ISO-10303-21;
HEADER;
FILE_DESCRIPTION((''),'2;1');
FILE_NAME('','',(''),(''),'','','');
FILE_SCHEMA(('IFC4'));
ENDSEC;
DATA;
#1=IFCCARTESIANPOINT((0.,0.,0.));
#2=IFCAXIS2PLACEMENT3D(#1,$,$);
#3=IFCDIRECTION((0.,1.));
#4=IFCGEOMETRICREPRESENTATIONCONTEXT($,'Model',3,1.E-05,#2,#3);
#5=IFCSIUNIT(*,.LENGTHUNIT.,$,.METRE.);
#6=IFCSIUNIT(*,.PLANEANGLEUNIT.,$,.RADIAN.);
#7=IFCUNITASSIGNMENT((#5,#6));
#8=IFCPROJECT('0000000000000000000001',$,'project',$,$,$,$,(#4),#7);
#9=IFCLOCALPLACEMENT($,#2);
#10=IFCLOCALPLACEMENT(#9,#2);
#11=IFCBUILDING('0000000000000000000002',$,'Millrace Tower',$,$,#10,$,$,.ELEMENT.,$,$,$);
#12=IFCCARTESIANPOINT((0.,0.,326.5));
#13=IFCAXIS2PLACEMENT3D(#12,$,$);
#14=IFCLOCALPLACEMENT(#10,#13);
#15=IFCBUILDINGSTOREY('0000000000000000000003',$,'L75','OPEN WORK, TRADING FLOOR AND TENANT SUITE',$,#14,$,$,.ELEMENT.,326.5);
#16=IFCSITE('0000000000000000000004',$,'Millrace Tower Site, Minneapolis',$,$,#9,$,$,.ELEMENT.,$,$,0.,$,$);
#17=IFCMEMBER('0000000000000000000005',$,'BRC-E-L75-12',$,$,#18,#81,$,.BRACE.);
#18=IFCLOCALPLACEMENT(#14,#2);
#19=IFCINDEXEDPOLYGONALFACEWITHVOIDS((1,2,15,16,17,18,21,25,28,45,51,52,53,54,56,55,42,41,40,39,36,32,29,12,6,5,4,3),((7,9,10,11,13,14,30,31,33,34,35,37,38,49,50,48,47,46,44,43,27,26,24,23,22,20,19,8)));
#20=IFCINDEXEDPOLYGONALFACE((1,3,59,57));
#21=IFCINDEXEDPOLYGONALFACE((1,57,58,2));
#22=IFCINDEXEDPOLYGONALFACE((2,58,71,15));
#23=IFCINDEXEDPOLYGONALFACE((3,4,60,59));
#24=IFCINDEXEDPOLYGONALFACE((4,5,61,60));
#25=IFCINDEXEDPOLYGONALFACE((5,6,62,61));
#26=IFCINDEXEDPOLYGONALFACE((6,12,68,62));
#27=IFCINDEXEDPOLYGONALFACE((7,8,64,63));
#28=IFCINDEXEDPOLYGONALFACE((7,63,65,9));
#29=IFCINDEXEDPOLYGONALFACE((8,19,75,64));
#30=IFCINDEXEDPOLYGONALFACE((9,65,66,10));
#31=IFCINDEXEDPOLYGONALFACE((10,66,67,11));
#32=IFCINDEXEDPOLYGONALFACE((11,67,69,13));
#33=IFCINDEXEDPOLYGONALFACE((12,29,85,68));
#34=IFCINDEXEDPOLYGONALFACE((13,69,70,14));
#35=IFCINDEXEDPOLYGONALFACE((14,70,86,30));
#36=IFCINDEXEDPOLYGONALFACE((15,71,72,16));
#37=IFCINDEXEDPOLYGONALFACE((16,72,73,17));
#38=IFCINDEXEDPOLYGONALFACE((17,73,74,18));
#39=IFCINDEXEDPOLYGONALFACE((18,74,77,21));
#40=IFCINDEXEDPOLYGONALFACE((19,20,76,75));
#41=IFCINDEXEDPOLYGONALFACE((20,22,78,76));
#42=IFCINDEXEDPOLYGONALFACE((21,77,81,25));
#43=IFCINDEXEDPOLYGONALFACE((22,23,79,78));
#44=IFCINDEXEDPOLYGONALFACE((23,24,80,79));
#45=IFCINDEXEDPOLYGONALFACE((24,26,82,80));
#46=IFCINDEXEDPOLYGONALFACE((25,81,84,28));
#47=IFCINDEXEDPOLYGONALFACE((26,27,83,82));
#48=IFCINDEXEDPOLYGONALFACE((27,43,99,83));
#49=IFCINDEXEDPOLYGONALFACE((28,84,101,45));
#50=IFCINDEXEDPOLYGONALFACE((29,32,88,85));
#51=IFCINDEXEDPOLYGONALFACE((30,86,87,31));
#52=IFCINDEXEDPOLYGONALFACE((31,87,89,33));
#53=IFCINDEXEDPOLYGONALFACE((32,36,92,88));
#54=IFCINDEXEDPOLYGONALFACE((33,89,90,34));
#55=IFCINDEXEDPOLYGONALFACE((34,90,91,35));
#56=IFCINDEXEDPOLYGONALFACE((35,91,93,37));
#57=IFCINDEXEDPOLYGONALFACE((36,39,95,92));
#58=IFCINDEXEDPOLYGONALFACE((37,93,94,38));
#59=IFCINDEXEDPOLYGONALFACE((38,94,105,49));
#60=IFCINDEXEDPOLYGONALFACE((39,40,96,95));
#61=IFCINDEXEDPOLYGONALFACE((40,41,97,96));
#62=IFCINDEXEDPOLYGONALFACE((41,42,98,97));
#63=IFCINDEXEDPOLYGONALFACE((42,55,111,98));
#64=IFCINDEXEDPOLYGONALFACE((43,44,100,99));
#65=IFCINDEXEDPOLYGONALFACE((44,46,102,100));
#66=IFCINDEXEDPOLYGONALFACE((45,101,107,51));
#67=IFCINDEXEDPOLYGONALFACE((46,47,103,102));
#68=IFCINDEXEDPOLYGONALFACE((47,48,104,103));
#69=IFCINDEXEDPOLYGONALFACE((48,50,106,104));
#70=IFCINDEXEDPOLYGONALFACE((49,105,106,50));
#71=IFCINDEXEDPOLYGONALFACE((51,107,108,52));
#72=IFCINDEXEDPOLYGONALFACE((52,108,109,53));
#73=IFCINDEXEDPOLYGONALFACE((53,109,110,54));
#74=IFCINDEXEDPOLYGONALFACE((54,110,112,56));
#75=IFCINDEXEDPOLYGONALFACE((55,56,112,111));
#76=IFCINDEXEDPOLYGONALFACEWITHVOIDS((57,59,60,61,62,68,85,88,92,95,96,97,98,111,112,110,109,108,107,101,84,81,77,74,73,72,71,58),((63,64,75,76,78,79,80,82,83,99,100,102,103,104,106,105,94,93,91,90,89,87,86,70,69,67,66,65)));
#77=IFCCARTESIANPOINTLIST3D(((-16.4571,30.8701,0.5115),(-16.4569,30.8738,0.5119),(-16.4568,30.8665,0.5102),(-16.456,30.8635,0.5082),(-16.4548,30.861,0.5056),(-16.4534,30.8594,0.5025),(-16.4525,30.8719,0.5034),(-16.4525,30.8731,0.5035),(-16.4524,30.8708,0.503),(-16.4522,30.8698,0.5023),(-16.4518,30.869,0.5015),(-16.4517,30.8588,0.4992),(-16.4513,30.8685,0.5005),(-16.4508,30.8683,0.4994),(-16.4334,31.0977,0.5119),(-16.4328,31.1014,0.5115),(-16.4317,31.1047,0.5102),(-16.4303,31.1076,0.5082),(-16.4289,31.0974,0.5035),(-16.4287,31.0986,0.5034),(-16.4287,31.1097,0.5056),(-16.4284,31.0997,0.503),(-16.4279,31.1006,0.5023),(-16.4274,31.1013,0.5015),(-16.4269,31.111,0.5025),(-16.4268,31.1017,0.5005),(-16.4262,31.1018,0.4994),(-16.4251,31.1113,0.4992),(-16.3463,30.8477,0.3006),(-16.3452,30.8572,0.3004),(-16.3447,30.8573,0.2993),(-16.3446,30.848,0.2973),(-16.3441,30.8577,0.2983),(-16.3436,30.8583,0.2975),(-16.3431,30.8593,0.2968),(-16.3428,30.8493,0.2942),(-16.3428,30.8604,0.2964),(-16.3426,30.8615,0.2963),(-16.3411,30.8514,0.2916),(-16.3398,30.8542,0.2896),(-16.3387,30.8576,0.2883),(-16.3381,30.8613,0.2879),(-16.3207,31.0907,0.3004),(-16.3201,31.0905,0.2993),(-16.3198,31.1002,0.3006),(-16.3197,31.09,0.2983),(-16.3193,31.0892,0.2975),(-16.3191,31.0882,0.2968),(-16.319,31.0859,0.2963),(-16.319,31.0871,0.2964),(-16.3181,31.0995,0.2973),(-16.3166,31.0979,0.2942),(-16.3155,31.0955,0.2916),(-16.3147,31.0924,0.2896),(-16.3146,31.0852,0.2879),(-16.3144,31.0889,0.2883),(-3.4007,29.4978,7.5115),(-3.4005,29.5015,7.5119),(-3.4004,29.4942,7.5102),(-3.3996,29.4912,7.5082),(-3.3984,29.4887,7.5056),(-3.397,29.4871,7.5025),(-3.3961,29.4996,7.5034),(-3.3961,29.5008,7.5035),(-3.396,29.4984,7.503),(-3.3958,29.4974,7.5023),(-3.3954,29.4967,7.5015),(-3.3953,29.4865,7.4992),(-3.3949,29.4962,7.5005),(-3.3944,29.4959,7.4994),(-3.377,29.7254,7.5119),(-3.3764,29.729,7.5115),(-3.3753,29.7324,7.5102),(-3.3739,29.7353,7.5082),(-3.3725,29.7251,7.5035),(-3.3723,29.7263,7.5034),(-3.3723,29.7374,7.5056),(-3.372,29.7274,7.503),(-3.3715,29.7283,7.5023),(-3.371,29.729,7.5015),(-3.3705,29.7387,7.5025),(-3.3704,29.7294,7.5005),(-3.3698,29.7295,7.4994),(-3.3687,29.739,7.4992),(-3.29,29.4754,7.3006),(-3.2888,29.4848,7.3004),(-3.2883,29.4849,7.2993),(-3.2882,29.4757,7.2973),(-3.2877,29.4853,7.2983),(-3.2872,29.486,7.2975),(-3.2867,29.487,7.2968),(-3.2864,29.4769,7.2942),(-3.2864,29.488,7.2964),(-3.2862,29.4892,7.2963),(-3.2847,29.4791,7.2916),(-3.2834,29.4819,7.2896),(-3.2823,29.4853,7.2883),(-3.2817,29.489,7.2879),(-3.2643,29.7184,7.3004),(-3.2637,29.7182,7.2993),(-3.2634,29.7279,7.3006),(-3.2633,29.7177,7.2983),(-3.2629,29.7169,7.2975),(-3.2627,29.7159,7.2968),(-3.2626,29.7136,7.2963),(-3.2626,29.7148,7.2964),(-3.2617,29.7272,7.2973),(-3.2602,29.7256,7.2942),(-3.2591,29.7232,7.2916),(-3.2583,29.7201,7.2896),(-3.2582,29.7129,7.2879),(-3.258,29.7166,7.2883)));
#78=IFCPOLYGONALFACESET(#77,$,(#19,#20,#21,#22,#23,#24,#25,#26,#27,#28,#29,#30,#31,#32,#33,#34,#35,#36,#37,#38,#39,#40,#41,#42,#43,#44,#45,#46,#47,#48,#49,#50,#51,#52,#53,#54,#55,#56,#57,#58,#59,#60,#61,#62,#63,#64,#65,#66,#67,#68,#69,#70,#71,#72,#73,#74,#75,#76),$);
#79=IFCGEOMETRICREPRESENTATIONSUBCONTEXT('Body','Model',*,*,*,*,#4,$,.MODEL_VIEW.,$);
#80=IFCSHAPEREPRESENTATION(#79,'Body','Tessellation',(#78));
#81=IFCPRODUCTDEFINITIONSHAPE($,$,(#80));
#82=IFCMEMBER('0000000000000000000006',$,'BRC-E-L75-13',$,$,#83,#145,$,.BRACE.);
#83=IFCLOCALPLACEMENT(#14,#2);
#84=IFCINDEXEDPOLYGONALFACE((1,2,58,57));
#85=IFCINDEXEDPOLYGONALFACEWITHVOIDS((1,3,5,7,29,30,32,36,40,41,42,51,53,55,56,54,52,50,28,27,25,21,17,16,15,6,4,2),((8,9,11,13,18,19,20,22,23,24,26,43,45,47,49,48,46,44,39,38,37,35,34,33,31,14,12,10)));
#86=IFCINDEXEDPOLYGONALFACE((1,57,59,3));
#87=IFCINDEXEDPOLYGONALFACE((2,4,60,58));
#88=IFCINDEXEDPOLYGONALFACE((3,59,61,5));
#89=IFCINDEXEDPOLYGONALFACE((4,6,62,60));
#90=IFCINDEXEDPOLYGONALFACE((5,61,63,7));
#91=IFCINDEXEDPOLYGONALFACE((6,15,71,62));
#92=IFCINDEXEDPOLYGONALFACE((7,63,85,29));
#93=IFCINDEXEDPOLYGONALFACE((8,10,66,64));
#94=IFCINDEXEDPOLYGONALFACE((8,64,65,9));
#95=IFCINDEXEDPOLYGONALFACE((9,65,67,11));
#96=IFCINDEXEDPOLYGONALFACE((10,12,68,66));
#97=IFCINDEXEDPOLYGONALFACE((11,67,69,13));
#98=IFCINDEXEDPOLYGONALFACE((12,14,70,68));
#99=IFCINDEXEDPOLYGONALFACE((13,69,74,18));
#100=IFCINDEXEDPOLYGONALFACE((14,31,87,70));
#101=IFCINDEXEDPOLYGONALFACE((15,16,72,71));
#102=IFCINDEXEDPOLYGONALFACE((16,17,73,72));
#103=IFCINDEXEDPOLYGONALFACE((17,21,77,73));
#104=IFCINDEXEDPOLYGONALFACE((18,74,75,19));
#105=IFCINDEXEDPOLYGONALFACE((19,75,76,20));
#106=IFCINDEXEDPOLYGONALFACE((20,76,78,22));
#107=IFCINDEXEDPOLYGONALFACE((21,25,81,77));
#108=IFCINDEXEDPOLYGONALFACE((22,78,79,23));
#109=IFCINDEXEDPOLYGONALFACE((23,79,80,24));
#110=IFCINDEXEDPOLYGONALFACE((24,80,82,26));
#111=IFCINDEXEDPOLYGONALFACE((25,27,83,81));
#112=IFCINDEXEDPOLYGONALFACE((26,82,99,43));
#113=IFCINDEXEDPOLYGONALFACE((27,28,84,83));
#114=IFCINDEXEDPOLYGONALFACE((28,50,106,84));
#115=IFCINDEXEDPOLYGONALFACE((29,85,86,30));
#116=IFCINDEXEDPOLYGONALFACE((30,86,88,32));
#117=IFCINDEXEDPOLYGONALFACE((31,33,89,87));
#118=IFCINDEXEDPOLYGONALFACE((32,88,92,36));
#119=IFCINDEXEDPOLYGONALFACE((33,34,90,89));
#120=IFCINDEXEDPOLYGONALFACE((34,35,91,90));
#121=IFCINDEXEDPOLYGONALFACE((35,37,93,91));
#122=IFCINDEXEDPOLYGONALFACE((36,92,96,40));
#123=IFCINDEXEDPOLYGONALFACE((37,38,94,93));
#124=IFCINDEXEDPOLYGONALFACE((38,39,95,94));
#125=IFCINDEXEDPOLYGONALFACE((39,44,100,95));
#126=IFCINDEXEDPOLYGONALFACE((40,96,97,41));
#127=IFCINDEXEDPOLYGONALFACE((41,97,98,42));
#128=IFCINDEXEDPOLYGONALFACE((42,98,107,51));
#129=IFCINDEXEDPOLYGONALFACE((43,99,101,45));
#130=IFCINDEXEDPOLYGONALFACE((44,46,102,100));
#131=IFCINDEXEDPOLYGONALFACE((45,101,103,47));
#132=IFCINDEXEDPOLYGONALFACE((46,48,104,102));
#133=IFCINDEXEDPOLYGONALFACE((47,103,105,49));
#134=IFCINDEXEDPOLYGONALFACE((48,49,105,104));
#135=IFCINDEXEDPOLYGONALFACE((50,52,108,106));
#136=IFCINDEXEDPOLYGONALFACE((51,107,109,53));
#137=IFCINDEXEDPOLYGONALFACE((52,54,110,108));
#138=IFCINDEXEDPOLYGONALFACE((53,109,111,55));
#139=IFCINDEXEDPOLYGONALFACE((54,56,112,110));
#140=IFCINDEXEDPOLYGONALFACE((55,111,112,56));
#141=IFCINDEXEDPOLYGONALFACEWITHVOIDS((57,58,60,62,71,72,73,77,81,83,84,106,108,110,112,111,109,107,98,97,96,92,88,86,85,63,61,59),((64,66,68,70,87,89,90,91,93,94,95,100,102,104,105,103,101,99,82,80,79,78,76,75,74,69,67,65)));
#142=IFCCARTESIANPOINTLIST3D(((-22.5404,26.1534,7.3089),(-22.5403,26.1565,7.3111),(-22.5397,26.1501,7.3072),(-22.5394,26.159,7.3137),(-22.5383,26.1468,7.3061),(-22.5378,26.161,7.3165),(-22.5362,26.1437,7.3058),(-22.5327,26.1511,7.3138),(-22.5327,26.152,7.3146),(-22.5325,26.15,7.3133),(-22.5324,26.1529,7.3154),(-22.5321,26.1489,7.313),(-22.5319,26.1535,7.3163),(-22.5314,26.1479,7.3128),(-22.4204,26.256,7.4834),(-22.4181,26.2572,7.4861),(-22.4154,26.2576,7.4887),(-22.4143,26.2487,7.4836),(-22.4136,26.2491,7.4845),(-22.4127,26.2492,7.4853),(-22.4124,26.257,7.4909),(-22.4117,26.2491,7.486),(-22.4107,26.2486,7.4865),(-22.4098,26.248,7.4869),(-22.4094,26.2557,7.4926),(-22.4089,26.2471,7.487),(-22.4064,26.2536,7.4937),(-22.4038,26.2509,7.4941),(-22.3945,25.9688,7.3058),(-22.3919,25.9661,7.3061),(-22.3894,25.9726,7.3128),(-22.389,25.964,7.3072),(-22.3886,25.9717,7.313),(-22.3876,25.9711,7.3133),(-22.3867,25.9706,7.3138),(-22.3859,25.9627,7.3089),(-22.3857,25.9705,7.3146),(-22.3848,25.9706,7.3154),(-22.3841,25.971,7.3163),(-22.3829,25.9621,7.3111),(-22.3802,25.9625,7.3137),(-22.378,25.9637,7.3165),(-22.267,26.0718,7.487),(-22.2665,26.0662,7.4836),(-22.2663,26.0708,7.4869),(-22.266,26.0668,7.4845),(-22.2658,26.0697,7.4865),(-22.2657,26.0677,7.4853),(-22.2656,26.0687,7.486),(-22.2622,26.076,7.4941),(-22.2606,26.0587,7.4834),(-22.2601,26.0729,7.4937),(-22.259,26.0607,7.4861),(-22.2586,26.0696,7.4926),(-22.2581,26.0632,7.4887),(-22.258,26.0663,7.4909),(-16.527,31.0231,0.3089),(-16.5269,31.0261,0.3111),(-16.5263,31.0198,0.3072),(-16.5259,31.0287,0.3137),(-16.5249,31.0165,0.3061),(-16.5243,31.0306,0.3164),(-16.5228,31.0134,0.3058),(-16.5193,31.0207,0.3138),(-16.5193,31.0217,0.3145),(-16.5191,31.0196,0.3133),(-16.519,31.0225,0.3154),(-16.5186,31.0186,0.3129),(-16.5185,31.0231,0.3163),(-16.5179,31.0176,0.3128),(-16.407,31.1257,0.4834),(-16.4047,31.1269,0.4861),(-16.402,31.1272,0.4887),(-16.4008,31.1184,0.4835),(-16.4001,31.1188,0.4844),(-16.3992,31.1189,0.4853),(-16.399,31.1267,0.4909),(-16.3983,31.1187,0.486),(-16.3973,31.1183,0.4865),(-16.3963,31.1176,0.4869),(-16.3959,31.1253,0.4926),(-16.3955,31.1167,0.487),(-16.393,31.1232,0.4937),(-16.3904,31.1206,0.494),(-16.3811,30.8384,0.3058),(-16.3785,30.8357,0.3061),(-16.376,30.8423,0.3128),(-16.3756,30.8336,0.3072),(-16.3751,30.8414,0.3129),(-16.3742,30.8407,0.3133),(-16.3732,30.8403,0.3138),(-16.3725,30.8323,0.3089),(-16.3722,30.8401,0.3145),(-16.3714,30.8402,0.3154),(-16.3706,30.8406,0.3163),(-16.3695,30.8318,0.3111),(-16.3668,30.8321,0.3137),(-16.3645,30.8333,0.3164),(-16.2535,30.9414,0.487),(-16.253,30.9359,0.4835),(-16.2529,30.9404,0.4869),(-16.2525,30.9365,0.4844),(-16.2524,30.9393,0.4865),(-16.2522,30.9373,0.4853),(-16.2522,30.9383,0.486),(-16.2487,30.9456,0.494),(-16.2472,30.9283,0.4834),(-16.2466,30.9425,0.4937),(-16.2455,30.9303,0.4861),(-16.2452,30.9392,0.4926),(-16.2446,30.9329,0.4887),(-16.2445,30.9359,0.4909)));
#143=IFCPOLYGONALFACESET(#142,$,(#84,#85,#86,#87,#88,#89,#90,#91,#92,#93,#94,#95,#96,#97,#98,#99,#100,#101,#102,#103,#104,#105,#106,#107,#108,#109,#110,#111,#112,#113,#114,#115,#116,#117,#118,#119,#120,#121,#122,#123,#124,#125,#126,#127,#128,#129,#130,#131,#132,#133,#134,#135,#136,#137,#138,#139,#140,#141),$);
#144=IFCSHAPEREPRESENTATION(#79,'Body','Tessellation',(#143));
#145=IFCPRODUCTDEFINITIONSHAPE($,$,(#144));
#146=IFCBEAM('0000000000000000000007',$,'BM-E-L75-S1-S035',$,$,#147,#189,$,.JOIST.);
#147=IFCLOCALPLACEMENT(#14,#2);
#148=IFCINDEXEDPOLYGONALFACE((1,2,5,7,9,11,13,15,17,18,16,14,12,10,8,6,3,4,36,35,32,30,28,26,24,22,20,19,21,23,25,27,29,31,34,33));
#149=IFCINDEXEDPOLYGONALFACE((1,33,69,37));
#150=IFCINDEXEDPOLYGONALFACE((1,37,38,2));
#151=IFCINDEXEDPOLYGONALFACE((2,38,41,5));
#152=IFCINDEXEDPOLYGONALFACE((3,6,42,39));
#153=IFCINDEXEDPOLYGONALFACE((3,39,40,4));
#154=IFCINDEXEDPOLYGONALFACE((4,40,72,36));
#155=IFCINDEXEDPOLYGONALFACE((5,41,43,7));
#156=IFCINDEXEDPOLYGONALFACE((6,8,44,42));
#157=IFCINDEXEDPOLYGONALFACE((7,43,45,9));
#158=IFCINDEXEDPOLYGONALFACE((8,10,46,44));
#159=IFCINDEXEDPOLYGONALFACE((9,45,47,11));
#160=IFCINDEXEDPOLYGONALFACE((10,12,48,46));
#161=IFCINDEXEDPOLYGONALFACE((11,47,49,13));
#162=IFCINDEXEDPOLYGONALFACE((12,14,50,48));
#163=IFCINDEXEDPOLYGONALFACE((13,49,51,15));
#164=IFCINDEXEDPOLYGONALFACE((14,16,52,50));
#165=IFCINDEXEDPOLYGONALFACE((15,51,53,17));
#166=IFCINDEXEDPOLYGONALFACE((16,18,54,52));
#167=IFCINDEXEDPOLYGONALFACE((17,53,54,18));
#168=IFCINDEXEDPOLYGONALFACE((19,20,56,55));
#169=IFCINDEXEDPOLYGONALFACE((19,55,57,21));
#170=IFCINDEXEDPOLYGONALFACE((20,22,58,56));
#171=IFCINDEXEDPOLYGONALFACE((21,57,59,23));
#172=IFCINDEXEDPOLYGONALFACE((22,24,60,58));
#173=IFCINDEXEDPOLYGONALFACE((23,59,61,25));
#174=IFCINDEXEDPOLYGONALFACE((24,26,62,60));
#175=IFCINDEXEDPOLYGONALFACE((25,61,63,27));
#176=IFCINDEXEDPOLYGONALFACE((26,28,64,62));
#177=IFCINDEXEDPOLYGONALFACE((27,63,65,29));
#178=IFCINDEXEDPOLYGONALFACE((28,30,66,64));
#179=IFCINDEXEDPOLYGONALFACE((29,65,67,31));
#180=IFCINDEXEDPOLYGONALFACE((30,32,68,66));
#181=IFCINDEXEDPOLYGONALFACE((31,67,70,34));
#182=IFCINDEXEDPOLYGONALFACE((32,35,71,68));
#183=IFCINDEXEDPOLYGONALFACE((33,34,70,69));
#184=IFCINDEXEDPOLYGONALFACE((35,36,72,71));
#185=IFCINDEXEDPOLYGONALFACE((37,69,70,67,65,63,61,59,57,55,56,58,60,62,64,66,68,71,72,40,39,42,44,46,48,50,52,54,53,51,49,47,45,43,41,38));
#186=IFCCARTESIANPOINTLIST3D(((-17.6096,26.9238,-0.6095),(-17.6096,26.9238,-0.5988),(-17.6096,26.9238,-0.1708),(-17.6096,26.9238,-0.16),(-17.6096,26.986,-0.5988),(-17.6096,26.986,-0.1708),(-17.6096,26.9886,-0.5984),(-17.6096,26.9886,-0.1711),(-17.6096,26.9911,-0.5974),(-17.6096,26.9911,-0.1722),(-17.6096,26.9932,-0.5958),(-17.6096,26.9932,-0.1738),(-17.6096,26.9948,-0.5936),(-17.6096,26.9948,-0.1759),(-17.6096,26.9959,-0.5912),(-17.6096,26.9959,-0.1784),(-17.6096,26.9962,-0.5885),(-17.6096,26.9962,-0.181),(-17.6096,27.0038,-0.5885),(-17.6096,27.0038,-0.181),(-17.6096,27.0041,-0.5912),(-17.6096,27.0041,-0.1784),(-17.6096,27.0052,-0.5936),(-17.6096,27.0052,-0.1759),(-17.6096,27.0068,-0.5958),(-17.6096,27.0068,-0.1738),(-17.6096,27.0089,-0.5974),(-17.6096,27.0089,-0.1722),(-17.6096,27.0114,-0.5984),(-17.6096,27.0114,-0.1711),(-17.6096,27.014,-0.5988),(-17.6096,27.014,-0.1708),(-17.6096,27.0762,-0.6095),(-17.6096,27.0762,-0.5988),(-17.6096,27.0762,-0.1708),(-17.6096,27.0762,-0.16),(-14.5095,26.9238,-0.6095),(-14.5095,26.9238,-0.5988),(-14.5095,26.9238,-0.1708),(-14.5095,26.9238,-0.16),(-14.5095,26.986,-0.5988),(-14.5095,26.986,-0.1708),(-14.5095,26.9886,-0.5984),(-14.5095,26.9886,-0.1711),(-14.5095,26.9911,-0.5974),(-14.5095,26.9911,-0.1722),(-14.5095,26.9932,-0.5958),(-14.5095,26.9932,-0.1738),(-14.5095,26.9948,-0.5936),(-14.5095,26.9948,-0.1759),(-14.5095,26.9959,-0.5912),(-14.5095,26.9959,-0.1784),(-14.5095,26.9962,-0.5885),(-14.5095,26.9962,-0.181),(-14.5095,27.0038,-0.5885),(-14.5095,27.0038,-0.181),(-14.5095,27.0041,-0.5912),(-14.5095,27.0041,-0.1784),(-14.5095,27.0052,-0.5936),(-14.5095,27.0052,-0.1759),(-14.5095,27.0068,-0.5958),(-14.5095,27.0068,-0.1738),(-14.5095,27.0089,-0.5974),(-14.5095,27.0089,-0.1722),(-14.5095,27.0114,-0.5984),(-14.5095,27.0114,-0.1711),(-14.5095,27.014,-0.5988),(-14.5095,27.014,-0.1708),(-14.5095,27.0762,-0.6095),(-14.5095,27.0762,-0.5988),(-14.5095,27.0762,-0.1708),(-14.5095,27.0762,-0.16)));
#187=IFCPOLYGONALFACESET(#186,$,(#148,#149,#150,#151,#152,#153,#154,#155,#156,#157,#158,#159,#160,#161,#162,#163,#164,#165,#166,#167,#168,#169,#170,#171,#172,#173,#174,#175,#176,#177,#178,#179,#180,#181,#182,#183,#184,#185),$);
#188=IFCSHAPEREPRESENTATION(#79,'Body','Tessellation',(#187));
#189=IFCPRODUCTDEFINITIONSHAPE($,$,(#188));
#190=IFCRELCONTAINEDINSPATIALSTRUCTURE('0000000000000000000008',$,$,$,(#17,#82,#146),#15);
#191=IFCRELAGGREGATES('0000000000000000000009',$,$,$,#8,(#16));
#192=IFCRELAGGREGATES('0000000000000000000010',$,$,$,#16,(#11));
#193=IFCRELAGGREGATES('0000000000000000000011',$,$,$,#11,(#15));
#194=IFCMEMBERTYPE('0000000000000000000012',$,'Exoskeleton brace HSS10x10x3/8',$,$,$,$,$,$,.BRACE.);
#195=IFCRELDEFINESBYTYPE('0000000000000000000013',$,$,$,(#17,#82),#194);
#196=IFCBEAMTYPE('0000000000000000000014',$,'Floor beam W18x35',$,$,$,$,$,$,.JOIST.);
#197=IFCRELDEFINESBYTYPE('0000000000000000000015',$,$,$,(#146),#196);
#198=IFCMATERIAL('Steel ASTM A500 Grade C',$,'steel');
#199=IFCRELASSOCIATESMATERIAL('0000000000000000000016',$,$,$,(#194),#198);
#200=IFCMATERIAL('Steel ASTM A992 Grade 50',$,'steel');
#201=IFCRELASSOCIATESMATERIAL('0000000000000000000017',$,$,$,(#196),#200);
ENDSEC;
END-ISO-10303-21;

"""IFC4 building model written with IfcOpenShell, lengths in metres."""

from ifc_helpers import new_model, si_unit, direction, frame, origin, origin_2d, place, context, subcontext, project, spatial, hollow_rectangle, i_section, extrude, material, material_profile, profile_set, type_object, element, save


model = new_model("IFC4")

# Units and contexts
model_context = context("Model", 3, precision=1e-05, world=origin(), true_north=direction((0.0, 1.0)))
body_context = subcontext(model_context, "Body", "Model", "MODEL_VIEW")
ifc_project = project(units=[si_unit("LENGTHUNIT", "METRE"), si_unit("PLANEANGLEUNIT", "RADIAN")], contexts=[model_context])

# Site, building, storey
site_placement = place(None, origin())
site = spatial("IfcSite", under=ifc_project, at=site_placement, Name="Millrace Tower Site, Minneapolis", CompositionType="ELEMENT", RefElevation=0.0)
building_placement = place(site_placement, origin())
building = spatial("IfcBuilding", under=site, at=building_placement, Name="Millrace Tower", CompositionType="ELEMENT")
storey_placement = place(building_placement, frame((0.0, 0.0, 326.5)))
storey = spatial("IfcBuildingStorey", under=building, at=storey_placement, Name="L75", Description="OPEN WORK, TRADING FLOOR AND TENANT SUITE", CompositionType="ELEMENT", Elevation=326.5)

# Members
ifc_material_1 = material(Name="Steel ASTM A500 Grade C", Category="steel")
ifc_material_profile_1 = material_profile(ifc_material_1, hollow_rectangle(XDim=0.2539, YDim=0.2539, WallThickness=0.0095, InnerFilletRadius=0.0046, OuterFilletRadius=0.0144, at=origin_2d()))
ifc_profile_set_1 = profile_set([ifc_material_profile_1], Name="Steel ASTM A500 Grade C")
member_type_1 = type_object("IfcMemberType", Name="Exoskeleton brace HSS10x10x3/8", PredefinedType="BRACE", material=ifc_profile_set_1)
member_1_placement = place(storey_placement, frame((-16.3857, 30.9795, 0.3999), z_axis=(0.877568, -0.092238, 0.470496), x_axis=(0.104531, 0.994522, 0.0)))
element("IfcMember", 1, at=member_1_placement, inside=storey, type_object=member_type_1, Name="BRC-E-L75-12", PredefinedType="BRACE", context=body_context, shape_type="SweptSolid", body=[
    extrude(hollow_rectangle(XDim=0.2539, YDim=0.2539, WallThickness=0.0095, InnerFilletRadius=0.0046, OuterFilletRadius=0.0144, at=origin_2d()), origin(), (0.0, 0.0, 1.0), 14.8779),
])
member_2_placement = place(storey_placement, frame((-16.3857, 30.9795, 0.3999), z_axis=(-0.576314, -0.466694, 0.670864), x_axis=(0.629324, -0.777143, 0.0)))
element("IfcMember", 2, at=member_2_placement, inside=storey, type_object=member_type_1, Name="BRC-E-L75-13", PredefinedType="BRACE", context=body_context, shape_type="SweptSolid", body=[
    extrude(hollow_rectangle(XDim=0.2539, YDim=0.2539, WallThickness=0.0095, InnerFilletRadius=0.0046, OuterFilletRadius=0.0144, at=origin_2d()), origin(), (0.0, 0.0, 1.0), 10.4343),
])

# Beam
ifc_material_2 = material(Name="Steel ASTM A992 Grade 50", Category="steel")
ifc_material_profile_2 = material_profile(ifc_material_2, i_section(OverallWidth=0.1523, OverallDepth=0.4495, WebThickness=0.0076, FlangeThickness=0.0107, FilletRadius=0.0103, at=origin_2d()))
ifc_profile_set_2 = profile_set([ifc_material_profile_2], Name="Steel ASTM A992 Grade 50")
beam_type_1 = type_object("IfcBeamType", Name="Floor beam W18x35", PredefinedType="JOIST", material=ifc_profile_set_2)
beam_1_placement = place(storey_placement, frame((-17.6096, 27.0, -0.3848), z_axis=(1.0, 0.0, 0.0), x_axis=(0.0, 1.0, 0.0)))
element("IfcBeam", 3, at=beam_1_placement, inside=storey, type_object=beam_type_1, Name="BM-E-L75-S1-S035", PredefinedType="JOIST", context=body_context, shape_type="SweptSolid", body=[
    extrude(i_section(OverallWidth=0.1523, OverallDepth=0.4495, WebThickness=0.0076, FlangeThickness=0.0107, FilletRadius=0.0103, at=origin_2d()), origin(), (0.0, 0.0, 1.0), 3.1001),
])

save(model, "model.ifc")
